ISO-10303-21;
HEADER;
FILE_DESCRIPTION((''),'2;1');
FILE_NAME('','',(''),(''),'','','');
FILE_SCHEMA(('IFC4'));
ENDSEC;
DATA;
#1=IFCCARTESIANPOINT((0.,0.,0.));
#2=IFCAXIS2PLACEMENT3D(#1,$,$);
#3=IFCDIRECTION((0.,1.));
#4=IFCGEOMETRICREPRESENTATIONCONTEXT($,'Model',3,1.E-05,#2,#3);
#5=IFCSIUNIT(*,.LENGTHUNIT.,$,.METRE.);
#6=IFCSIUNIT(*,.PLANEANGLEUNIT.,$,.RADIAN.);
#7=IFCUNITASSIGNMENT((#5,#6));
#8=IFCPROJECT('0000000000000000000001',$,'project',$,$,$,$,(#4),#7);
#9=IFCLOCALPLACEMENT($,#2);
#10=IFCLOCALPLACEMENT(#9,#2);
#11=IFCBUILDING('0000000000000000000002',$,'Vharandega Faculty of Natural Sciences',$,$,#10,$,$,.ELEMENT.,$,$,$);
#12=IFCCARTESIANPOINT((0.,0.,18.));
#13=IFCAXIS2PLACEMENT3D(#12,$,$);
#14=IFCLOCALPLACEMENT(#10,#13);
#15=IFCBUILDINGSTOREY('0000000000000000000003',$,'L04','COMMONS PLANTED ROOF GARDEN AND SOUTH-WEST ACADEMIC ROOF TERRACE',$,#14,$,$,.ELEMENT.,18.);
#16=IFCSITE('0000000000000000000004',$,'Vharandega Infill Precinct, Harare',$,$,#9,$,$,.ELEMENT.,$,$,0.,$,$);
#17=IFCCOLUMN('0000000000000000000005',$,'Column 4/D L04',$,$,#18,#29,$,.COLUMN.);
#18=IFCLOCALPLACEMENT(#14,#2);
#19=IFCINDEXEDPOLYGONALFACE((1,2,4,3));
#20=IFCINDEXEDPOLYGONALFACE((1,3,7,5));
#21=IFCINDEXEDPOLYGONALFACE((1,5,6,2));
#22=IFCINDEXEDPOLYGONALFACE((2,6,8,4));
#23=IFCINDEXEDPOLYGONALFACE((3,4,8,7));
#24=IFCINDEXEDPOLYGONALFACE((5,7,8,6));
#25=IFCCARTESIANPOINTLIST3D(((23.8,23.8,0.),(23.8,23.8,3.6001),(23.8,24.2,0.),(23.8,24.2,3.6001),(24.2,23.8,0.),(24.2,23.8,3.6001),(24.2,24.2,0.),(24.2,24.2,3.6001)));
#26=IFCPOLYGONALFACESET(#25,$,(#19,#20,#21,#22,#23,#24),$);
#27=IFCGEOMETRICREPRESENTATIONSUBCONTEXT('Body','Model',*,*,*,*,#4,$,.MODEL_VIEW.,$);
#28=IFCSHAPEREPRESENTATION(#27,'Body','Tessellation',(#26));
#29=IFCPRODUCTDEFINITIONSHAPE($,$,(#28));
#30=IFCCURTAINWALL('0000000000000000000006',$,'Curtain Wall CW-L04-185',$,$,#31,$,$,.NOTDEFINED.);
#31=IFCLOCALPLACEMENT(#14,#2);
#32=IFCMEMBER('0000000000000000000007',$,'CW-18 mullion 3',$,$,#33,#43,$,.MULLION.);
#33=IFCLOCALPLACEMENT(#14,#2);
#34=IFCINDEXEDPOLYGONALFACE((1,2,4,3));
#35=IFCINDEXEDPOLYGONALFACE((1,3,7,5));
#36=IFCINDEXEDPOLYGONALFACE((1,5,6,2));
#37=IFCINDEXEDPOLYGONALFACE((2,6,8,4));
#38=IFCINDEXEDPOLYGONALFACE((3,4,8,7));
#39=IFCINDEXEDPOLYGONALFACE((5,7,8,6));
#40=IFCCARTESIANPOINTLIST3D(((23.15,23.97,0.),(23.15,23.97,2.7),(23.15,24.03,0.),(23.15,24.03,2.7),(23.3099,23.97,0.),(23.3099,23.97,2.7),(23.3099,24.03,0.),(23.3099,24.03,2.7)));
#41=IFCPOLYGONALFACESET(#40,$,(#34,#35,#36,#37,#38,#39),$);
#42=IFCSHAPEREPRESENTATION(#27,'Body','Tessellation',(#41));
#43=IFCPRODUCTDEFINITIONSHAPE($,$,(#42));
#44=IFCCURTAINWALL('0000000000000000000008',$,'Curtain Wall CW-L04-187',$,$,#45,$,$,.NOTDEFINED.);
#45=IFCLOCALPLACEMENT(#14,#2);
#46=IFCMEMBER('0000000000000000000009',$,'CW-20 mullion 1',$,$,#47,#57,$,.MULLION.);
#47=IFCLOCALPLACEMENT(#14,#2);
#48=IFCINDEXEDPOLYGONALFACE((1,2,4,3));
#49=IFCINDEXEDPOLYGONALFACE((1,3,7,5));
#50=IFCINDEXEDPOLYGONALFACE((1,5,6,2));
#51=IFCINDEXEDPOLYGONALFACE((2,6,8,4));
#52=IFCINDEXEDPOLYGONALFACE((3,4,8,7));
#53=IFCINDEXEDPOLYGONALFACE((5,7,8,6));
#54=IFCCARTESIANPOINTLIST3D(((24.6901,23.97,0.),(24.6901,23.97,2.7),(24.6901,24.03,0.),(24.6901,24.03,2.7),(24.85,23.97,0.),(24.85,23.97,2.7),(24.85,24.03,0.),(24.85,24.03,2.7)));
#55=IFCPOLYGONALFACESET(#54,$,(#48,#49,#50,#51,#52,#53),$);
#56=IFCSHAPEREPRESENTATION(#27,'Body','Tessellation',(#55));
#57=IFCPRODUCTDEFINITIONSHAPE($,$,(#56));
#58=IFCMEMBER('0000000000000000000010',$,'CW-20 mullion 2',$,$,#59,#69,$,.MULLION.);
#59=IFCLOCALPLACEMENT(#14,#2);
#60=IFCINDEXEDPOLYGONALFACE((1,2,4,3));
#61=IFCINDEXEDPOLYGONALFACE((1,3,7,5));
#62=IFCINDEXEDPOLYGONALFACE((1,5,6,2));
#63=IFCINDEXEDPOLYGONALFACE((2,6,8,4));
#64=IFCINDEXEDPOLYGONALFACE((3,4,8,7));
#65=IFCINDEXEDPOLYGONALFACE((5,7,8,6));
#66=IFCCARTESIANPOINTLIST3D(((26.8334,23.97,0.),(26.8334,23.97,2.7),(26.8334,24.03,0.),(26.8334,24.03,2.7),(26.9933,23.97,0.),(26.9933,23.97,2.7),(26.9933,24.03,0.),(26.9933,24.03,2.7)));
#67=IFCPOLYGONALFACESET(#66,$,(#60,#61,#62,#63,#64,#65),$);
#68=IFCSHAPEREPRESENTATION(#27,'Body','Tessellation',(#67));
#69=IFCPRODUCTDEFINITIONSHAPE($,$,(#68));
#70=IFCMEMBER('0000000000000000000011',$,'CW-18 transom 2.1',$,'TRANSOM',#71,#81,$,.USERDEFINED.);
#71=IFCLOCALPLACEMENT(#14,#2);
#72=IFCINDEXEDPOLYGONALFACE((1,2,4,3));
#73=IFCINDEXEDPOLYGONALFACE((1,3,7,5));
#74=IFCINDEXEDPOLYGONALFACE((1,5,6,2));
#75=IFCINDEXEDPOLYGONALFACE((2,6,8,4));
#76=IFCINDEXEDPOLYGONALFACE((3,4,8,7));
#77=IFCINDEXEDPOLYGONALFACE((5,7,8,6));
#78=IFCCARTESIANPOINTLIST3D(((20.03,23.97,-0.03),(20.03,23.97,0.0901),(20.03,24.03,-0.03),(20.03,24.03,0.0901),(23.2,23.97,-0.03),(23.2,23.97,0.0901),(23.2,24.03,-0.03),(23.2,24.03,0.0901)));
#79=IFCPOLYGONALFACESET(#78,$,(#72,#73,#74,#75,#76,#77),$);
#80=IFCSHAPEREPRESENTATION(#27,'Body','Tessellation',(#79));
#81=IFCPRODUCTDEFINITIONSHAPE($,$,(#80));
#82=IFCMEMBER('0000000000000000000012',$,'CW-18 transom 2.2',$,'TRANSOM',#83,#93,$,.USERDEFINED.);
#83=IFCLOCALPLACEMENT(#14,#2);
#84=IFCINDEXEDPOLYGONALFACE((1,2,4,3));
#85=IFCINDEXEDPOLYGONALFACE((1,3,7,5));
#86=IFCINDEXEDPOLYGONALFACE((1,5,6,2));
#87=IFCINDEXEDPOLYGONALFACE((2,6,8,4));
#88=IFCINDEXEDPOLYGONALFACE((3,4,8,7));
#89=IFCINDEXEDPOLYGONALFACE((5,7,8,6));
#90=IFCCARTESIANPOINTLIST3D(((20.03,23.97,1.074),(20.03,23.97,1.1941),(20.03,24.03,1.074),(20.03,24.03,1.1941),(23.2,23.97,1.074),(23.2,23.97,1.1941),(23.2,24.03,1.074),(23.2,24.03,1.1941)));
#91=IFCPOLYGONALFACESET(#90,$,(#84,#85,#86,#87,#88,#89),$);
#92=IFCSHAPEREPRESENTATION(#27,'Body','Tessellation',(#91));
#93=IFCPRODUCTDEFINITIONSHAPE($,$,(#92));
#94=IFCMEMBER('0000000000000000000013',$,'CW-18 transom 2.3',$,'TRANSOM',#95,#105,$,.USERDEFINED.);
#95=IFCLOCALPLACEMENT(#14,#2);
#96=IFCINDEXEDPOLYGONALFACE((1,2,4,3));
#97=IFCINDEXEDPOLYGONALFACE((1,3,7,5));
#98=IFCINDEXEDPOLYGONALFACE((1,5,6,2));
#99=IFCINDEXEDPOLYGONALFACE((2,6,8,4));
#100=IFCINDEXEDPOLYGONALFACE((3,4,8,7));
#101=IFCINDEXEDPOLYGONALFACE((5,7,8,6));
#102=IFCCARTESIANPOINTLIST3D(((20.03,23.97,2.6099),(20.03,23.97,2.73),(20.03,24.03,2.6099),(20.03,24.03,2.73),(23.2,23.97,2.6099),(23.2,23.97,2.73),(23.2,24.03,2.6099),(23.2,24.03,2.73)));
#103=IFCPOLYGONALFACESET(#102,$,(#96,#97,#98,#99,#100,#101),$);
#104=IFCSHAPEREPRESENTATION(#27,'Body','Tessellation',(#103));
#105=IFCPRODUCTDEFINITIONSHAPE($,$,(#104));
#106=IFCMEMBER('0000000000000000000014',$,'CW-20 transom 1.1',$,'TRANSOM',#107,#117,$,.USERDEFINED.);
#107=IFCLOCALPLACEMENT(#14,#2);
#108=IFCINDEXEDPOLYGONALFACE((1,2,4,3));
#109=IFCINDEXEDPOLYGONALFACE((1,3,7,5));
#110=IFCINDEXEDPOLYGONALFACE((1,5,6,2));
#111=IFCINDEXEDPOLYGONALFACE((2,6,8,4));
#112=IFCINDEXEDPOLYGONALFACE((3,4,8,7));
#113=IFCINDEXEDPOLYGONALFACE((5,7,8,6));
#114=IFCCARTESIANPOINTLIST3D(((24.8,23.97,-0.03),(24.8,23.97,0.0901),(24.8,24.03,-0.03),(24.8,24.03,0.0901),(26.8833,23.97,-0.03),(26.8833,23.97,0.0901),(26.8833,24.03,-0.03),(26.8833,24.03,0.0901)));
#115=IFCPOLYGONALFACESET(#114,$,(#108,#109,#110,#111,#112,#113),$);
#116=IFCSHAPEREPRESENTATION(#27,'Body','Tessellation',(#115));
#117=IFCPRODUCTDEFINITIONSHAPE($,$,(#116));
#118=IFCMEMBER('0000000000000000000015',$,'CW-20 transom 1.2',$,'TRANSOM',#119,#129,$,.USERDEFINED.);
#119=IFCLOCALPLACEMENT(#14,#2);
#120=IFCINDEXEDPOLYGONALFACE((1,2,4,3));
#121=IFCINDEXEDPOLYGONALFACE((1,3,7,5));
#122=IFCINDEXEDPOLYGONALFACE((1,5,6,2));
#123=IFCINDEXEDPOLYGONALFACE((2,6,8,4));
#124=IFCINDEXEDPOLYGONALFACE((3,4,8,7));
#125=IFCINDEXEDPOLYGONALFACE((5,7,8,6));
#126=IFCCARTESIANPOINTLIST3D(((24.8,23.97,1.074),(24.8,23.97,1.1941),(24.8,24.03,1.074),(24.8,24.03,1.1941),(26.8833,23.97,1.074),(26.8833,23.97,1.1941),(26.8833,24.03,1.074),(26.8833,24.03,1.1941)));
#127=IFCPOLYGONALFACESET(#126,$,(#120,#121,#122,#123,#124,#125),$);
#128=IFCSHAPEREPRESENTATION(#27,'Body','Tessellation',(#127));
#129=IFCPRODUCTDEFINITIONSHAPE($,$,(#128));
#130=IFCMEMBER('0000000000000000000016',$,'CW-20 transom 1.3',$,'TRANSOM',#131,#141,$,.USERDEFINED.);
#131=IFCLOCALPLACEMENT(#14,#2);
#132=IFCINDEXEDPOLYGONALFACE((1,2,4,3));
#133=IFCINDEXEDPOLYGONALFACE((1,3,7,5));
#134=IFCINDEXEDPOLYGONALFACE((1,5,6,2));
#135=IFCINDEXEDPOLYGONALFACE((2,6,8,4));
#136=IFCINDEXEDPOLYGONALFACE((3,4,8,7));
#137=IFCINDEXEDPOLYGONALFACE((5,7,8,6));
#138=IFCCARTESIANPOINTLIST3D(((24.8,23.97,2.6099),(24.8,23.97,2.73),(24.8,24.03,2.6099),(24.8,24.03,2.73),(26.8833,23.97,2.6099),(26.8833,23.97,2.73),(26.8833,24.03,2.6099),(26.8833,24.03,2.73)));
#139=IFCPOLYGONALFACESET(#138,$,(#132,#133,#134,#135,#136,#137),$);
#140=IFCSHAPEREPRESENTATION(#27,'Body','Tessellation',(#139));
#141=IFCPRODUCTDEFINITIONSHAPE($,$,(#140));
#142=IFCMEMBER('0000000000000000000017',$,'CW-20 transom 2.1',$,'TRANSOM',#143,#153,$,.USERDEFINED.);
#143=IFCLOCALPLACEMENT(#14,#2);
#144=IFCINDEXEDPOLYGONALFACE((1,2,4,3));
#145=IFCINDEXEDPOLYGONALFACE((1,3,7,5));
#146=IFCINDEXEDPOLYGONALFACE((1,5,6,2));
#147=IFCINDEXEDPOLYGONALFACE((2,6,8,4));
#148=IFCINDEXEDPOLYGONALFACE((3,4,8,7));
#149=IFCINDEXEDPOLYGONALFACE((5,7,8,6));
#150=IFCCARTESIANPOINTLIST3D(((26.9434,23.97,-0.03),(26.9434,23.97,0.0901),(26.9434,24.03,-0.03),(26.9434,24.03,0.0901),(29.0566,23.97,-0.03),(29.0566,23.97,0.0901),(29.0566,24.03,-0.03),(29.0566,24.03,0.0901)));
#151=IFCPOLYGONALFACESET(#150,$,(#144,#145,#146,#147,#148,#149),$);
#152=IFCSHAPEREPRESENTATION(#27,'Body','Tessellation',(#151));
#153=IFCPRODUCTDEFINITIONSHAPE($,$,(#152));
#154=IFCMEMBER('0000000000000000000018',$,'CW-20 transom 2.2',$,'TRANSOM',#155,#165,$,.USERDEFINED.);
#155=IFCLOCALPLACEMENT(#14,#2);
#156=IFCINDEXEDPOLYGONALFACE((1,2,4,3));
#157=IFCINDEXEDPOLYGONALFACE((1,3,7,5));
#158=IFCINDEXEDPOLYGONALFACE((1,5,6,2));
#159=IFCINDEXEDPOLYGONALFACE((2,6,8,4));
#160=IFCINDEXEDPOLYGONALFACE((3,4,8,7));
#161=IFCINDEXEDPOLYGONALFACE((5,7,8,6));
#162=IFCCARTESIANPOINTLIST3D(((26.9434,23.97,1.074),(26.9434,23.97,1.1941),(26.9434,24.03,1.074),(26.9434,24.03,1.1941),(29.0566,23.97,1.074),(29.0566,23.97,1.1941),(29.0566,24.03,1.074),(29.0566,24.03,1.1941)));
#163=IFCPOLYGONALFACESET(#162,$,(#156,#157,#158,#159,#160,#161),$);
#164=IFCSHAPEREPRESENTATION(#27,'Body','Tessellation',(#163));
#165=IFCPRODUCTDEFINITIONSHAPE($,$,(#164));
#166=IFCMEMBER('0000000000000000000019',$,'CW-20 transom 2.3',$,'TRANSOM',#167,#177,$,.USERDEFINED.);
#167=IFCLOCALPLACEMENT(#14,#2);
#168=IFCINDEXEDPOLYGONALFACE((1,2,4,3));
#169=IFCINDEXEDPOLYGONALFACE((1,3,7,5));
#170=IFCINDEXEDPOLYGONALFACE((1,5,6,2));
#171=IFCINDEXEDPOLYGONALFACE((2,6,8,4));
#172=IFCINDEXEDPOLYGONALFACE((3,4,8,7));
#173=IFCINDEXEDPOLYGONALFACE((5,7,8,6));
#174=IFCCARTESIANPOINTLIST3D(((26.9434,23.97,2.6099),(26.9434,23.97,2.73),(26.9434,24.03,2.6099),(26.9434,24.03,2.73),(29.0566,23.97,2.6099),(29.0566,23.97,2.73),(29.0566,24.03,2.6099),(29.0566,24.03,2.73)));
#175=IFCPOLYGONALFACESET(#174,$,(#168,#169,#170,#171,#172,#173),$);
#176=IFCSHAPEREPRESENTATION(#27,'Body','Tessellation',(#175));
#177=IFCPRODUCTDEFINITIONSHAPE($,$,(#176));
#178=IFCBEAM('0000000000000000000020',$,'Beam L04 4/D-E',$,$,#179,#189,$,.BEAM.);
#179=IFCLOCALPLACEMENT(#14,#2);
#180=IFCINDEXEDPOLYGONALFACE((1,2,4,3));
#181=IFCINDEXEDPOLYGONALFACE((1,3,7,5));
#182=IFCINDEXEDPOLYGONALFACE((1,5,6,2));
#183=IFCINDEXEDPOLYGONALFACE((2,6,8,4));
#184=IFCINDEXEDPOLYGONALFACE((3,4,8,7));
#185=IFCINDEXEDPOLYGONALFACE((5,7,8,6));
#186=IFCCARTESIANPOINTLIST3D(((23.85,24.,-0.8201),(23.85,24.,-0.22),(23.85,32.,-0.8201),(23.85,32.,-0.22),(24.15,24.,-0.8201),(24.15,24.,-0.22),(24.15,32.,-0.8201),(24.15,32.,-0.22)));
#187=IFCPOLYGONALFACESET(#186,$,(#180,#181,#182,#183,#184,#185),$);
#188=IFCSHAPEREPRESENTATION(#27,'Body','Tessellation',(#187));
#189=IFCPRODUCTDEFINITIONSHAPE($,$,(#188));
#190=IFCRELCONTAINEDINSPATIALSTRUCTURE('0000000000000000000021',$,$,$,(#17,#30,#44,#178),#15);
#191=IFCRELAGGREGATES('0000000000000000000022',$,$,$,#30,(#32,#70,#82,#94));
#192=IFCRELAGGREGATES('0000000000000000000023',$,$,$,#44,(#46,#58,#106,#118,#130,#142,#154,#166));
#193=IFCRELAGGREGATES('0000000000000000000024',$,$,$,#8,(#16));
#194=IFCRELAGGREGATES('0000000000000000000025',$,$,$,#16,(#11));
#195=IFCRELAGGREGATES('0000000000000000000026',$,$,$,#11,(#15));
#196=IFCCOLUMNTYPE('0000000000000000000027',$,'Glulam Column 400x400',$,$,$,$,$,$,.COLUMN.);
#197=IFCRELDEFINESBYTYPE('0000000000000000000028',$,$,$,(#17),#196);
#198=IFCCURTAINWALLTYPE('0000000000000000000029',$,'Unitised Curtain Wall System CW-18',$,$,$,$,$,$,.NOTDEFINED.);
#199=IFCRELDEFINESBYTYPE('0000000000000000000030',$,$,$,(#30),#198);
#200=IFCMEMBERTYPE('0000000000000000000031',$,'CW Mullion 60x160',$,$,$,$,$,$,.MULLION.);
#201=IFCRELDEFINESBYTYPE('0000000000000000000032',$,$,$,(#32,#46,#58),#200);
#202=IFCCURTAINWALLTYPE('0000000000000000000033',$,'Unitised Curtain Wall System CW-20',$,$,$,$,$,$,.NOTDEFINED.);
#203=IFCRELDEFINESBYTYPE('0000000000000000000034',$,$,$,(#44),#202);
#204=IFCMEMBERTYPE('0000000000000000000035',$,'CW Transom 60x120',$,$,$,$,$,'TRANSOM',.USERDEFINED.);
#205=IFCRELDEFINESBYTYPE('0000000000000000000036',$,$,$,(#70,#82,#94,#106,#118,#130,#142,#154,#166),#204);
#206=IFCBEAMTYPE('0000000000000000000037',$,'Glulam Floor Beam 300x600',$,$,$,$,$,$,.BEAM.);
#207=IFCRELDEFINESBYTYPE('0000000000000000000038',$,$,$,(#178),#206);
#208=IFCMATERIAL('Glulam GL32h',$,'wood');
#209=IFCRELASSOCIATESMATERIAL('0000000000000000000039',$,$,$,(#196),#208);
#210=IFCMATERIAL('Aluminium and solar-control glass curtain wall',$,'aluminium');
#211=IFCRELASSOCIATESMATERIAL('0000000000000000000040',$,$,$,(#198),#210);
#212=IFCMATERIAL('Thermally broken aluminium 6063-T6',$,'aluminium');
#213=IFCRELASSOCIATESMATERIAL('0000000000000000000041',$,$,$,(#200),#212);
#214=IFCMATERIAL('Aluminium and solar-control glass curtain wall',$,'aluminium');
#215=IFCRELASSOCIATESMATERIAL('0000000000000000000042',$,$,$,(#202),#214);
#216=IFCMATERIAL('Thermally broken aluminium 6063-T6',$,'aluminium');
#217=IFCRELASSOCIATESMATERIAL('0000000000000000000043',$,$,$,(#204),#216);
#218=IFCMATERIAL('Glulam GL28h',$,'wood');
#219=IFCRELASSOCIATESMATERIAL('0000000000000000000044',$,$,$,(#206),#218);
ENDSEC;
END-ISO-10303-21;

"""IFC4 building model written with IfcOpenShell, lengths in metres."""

from ifc_helpers import new_model, si_unit, direction, frame, origin, origin_2d, place, context, subcontext, project, spatial, rectangle, extrude, material, material_profile, profile_set, type_object, element, aggregate, save


model = new_model("IFC4")

# Units and contexts
model_context = context("Model", 3, precision=1e-05, world=origin(), true_north=direction((0.0, 1.0)))
body_context = subcontext(model_context, "Body", "Model", "MODEL_VIEW")
ifc_project = project(units=[si_unit("LENGTHUNIT", "METRE"), si_unit("PLANEANGLEUNIT", "RADIAN")], contexts=[model_context])

# Site, building, storey
site_placement = place(None, origin())
site = spatial("IfcSite", under=ifc_project, at=site_placement, Name="Vharandega Infill Precinct, Harare", CompositionType="ELEMENT", RefElevation=0.0)
building_placement = place(site_placement, origin())
building = spatial("IfcBuilding", under=site, at=building_placement, Name="Vharandega Faculty of Natural Sciences", CompositionType="ELEMENT")
storey_placement = place(building_placement, frame((0.0, 0.0, 18.0)))
storey = spatial("IfcBuildingStorey", under=building, at=storey_placement, Name="L04", Description="COMMONS PLANTED ROOF GARDEN AND SOUTH-WEST ACADEMIC ROOF TERRACE", CompositionType="ELEMENT", Elevation=18.0)

# Column
ifc_material_1 = material(Name="Glulam GL32h", Category="wood")
ifc_material_profile_1 = material_profile(ifc_material_1, rectangle(XDim=0.3999, YDim=0.3999, at=origin_2d()), Name="GL32h 400x400")
ifc_profile_set_1 = profile_set([ifc_material_profile_1], Name="Glulam GL32h")
column_type = type_object("IfcColumnType", Name="Glulam Column 400x400", PredefinedType="COLUMN", material=ifc_profile_set_1)
column_placement = place(storey_placement, frame((24.0, 24.0, 0.0), z_axis=(0.0, 0.0, 1.0), x_axis=(1.0, 0.0, 0.0)))
element("IfcColumn", 1, at=column_placement, inside=storey, type_object=column_type, Name="Column 4/D L04", PredefinedType="COLUMN", context=body_context, shape_type="SweptSolid", body=[
    extrude(rectangle(XDim=0.3999, YDim=0.3999, at=origin_2d()), origin(), (0.0, 0.0, 1.0), 3.6001),
])

# Curtain wall, member
ifc_material_2 = material(Name="Aluminium and solar-control glass curtain wall", Category="aluminium")
curtain_wall_type_1 = type_object("IfcCurtainWallType", Name="Unitised Curtain Wall System CW-18", PredefinedType="NOTDEFINED", material=ifc_material_2)
curtain_wall_1_placement = place(storey_placement, origin())
curtain_wall_1 = element("IfcCurtainWall", 2, at=curtain_wall_1_placement, inside=storey, type_object=curtain_wall_type_1, Name="Curtain Wall CW-L04-185", PredefinedType="NOTDEFINED")
ifc_material_3 = material(Name="Thermally broken aluminium 6063-T6", Category="aluminium")
ifc_material_profile_2 = material_profile(ifc_material_3, rectangle(XDim=0.0601, YDim=0.1599, at=origin_2d()), Name="ALU 60x160")
ifc_profile_set_2 = profile_set([ifc_material_profile_2], Name="Thermally broken aluminium 6063-T6")
member_type_1 = type_object("IfcMemberType", Name="CW Mullion 60x160", PredefinedType="MULLION", material=ifc_profile_set_2)
member_1_placement = place(storey_placement, frame((23.23, 24.0, 0.0), z_axis=(0.0, 0.0, 1.0), x_axis=(0.0, 1.0, 0.0)))
member_1 = element("IfcMember", 3, at=member_1_placement, type_object=member_type_1, Name="CW-18 mullion 3", PredefinedType="MULLION", context=body_context, shape_type="SweptSolid", body=[
    extrude(rectangle(XDim=0.0601, YDim=0.1599, at=origin_2d()), origin(), (0.0, 0.0, 1.0), 2.7),
])

# Curtain wall, members
ifc_material_4 = material(Name="Aluminium and solar-control glass curtain wall", Category="aluminium")
curtain_wall_type_2 = type_object("IfcCurtainWallType", Name="Unitised Curtain Wall System CW-20", PredefinedType="NOTDEFINED", material=ifc_material_4)
curtain_wall_2_placement = place(storey_placement, origin())
curtain_wall_2 = element("IfcCurtainWall", 4, at=curtain_wall_2_placement, inside=storey, type_object=curtain_wall_type_2, Name="Curtain Wall CW-L04-187", PredefinedType="NOTDEFINED")
member_2_placement = place(storey_placement, frame((24.77, 24.0, 0.0), z_axis=(0.0, 0.0, 1.0), x_axis=(0.0, 1.0, 0.0)))
member_2 = element("IfcMember", 5, at=member_2_placement, type_object=member_type_1, Name="CW-20 mullion 1", PredefinedType="MULLION", context=body_context, shape_type="SweptSolid", body=[
    extrude(rectangle(XDim=0.0601, YDim=0.1599, at=origin_2d()), origin(), (0.0, 0.0, 1.0), 2.7),
])
member_3_placement = place(storey_placement, frame((26.9133, 24.0, 0.0), z_axis=(0.0, 0.0, 1.0), x_axis=(0.0, 1.0, 0.0)))
member_3 = element("IfcMember", 6, at=member_3_placement, type_object=member_type_1, Name="CW-20 mullion 2", PredefinedType="MULLION", context=body_context, shape_type="SweptSolid", body=[
    extrude(rectangle(XDim=0.0601, YDim=0.1599, at=origin_2d()), origin(), (0.0, 0.0, 1.0), 2.7),
])

# Members
ifc_material_5 = material(Name="Thermally broken aluminium 6063-T6", Category="aluminium")
ifc_material_profile_3 = material_profile(ifc_material_5, rectangle(XDim=0.0601, YDim=0.1201, at=origin_2d()), Name="ALU 60x120")
ifc_profile_set_3 = profile_set([ifc_material_profile_3], Name="Thermally broken aluminium 6063-T6")
member_type_2 = type_object("IfcMemberType", Name="CW Transom 60x120", ElementType="TRANSOM", PredefinedType="USERDEFINED", material=ifc_profile_set_3)
member_4_placement = place(storey_placement, frame((20.03, 24.0, 0.03), z_axis=(1.0, 0.0, 0.0), x_axis=(0.0, 1.0, 0.0)))
member_4 = element("IfcMember", 7, at=member_4_placement, type_object=member_type_2, Name="CW-18 transom 2.1", ObjectType="TRANSOM", PredefinedType="USERDEFINED", context=body_context, shape_type="SweptSolid", body=[
    extrude(rectangle(XDim=0.0601, YDim=0.1201, at=origin_2d()), origin(), (0.0, 0.0, 1.0), 3.1699),
])
member_5_placement = place(storey_placement, frame((20.03, 24.0, 1.134), z_axis=(1.0, 0.0, 0.0), x_axis=(0.0, 1.0, 0.0)))
member_5 = element("IfcMember", 8, at=member_5_placement, type_object=member_type_2, Name="CW-18 transom 2.2", ObjectType="TRANSOM", PredefinedType="USERDEFINED", context=body_context, shape_type="SweptSolid", body=[
    extrude(rectangle(XDim=0.0601, YDim=0.1201, at=origin_2d()), origin(), (0.0, 0.0, 1.0), 3.1699),
])
member_6_placement = place(storey_placement, frame((20.03, 24.0, 2.6699), z_axis=(1.0, 0.0, 0.0), x_axis=(0.0, 1.0, 0.0)))
member_6 = element("IfcMember", 9, at=member_6_placement, type_object=member_type_2, Name="CW-18 transom 2.3", ObjectType="TRANSOM", PredefinedType="USERDEFINED", context=body_context, shape_type="SweptSolid", body=[
    extrude(rectangle(XDim=0.0601, YDim=0.1201, at=origin_2d()), origin(), (0.0, 0.0, 1.0), 3.1699),
])
member_7_placement = place(storey_placement, frame((24.8, 24.0, 0.03), z_axis=(1.0, 0.0, 0.0), x_axis=(0.0, 1.0, 0.0)))
member_7 = element("IfcMember", 10, at=member_7_placement, type_object=member_type_2, Name="CW-20 transom 1.1", ObjectType="TRANSOM", PredefinedType="USERDEFINED", context=body_context, shape_type="SweptSolid", body=[
    extrude(rectangle(XDim=0.0601, YDim=0.1201, at=origin_2d()), origin(), (0.0, 0.0, 1.0), 2.0833),
])
member_8_placement = place(storey_placement, frame((24.8, 24.0, 1.134), z_axis=(1.0, 0.0, 0.0), x_axis=(0.0, 1.0, 0.0)))
member_8 = element("IfcMember", 11, at=member_8_placement, type_object=member_type_2, Name="CW-20 transom 1.2", ObjectType="TRANSOM", PredefinedType="USERDEFINED", context=body_context, shape_type="SweptSolid", body=[
    extrude(rectangle(XDim=0.0601, YDim=0.1201, at=origin_2d()), origin(), (0.0, 0.0, 1.0), 2.0833),
])
member_9_placement = place(storey_placement, frame((24.8, 24.0, 2.6699), z_axis=(1.0, 0.0, 0.0), x_axis=(0.0, 1.0, 0.0)))
member_9 = element("IfcMember", 12, at=member_9_placement, type_object=member_type_2, Name="CW-20 transom 1.3", ObjectType="TRANSOM", PredefinedType="USERDEFINED", context=body_context, shape_type="SweptSolid", body=[
    extrude(rectangle(XDim=0.0601, YDim=0.1201, at=origin_2d()), origin(), (0.0, 0.0, 1.0), 2.0833),
])
member_10_placement = place(storey_placement, frame((26.9434, 24.0, 0.03), z_axis=(1.0, 0.0, 0.0), x_axis=(0.0, 1.0, 0.0)))
member_10 = element("IfcMember", 13, at=member_10_placement, type_object=member_type_2, Name="CW-20 transom 2.1", ObjectType="TRANSOM", PredefinedType="USERDEFINED", context=body_context, shape_type="SweptSolid", body=[
    extrude(rectangle(XDim=0.0601, YDim=0.1201, at=origin_2d()), origin(), (0.0, 0.0, 1.0), 2.1133),
])
member_11_placement = place(storey_placement, frame((26.9434, 24.0, 1.134), z_axis=(1.0, 0.0, 0.0), x_axis=(0.0, 1.0, 0.0)))
member_11 = element("IfcMember", 14, at=member_11_placement, type_object=member_type_2, Name="CW-20 transom 2.2", ObjectType="TRANSOM", PredefinedType="USERDEFINED", context=body_context, shape_type="SweptSolid", body=[
    extrude(rectangle(XDim=0.0601, YDim=0.1201, at=origin_2d()), origin(), (0.0, 0.0, 1.0), 2.1133),
])
member_12_placement = place(storey_placement, frame((26.9434, 24.0, 2.6699), z_axis=(1.0, 0.0, 0.0), x_axis=(0.0, 1.0, 0.0)))
member_12 = element("IfcMember", 15, at=member_12_placement, type_object=member_type_2, Name="CW-20 transom 2.3", ObjectType="TRANSOM", PredefinedType="USERDEFINED", context=body_context, shape_type="SweptSolid", body=[
    extrude(rectangle(XDim=0.0601, YDim=0.1201, at=origin_2d()), origin(), (0.0, 0.0, 1.0), 2.1133),
])

# Beam
ifc_material_6 = material(Name="Glulam GL28h", Category="wood")
ifc_material_profile_4 = material_profile(ifc_material_6, rectangle(XDim=0.3, YDim=0.6001, at=origin_2d()), Name="GL28h 300x600")
ifc_profile_set_4 = profile_set([ifc_material_profile_4], Name="Glulam GL28h")
beam_type_1 = type_object("IfcBeamType", Name="Glulam Floor Beam 300x600", PredefinedType="BEAM", material=ifc_profile_set_4)
beam_1_placement = place(storey_placement, frame((24.0, 24.0, -0.52), z_axis=(0.0, 1.0, 0.0), x_axis=(-1.0, 0.0, 0.0)))
element("IfcBeam", 16, at=beam_1_placement, inside=storey, type_object=beam_type_1, Name="Beam L04 4/D-E", PredefinedType="BEAM", context=body_context, shape_type="SweptSolid", body=[
    extrude(rectangle(XDim=0.3, YDim=0.6001, at=origin_2d()), origin(), (0.0, 0.0, 1.0), 8.0),
])

aggregate(curtain_wall_1, [member_1, member_4, member_5, member_6])
aggregate(curtain_wall_2, [member_2, member_3, member_7, member_8, member_9, member_10, member_11, member_12])

save(model, "model.ifc")
